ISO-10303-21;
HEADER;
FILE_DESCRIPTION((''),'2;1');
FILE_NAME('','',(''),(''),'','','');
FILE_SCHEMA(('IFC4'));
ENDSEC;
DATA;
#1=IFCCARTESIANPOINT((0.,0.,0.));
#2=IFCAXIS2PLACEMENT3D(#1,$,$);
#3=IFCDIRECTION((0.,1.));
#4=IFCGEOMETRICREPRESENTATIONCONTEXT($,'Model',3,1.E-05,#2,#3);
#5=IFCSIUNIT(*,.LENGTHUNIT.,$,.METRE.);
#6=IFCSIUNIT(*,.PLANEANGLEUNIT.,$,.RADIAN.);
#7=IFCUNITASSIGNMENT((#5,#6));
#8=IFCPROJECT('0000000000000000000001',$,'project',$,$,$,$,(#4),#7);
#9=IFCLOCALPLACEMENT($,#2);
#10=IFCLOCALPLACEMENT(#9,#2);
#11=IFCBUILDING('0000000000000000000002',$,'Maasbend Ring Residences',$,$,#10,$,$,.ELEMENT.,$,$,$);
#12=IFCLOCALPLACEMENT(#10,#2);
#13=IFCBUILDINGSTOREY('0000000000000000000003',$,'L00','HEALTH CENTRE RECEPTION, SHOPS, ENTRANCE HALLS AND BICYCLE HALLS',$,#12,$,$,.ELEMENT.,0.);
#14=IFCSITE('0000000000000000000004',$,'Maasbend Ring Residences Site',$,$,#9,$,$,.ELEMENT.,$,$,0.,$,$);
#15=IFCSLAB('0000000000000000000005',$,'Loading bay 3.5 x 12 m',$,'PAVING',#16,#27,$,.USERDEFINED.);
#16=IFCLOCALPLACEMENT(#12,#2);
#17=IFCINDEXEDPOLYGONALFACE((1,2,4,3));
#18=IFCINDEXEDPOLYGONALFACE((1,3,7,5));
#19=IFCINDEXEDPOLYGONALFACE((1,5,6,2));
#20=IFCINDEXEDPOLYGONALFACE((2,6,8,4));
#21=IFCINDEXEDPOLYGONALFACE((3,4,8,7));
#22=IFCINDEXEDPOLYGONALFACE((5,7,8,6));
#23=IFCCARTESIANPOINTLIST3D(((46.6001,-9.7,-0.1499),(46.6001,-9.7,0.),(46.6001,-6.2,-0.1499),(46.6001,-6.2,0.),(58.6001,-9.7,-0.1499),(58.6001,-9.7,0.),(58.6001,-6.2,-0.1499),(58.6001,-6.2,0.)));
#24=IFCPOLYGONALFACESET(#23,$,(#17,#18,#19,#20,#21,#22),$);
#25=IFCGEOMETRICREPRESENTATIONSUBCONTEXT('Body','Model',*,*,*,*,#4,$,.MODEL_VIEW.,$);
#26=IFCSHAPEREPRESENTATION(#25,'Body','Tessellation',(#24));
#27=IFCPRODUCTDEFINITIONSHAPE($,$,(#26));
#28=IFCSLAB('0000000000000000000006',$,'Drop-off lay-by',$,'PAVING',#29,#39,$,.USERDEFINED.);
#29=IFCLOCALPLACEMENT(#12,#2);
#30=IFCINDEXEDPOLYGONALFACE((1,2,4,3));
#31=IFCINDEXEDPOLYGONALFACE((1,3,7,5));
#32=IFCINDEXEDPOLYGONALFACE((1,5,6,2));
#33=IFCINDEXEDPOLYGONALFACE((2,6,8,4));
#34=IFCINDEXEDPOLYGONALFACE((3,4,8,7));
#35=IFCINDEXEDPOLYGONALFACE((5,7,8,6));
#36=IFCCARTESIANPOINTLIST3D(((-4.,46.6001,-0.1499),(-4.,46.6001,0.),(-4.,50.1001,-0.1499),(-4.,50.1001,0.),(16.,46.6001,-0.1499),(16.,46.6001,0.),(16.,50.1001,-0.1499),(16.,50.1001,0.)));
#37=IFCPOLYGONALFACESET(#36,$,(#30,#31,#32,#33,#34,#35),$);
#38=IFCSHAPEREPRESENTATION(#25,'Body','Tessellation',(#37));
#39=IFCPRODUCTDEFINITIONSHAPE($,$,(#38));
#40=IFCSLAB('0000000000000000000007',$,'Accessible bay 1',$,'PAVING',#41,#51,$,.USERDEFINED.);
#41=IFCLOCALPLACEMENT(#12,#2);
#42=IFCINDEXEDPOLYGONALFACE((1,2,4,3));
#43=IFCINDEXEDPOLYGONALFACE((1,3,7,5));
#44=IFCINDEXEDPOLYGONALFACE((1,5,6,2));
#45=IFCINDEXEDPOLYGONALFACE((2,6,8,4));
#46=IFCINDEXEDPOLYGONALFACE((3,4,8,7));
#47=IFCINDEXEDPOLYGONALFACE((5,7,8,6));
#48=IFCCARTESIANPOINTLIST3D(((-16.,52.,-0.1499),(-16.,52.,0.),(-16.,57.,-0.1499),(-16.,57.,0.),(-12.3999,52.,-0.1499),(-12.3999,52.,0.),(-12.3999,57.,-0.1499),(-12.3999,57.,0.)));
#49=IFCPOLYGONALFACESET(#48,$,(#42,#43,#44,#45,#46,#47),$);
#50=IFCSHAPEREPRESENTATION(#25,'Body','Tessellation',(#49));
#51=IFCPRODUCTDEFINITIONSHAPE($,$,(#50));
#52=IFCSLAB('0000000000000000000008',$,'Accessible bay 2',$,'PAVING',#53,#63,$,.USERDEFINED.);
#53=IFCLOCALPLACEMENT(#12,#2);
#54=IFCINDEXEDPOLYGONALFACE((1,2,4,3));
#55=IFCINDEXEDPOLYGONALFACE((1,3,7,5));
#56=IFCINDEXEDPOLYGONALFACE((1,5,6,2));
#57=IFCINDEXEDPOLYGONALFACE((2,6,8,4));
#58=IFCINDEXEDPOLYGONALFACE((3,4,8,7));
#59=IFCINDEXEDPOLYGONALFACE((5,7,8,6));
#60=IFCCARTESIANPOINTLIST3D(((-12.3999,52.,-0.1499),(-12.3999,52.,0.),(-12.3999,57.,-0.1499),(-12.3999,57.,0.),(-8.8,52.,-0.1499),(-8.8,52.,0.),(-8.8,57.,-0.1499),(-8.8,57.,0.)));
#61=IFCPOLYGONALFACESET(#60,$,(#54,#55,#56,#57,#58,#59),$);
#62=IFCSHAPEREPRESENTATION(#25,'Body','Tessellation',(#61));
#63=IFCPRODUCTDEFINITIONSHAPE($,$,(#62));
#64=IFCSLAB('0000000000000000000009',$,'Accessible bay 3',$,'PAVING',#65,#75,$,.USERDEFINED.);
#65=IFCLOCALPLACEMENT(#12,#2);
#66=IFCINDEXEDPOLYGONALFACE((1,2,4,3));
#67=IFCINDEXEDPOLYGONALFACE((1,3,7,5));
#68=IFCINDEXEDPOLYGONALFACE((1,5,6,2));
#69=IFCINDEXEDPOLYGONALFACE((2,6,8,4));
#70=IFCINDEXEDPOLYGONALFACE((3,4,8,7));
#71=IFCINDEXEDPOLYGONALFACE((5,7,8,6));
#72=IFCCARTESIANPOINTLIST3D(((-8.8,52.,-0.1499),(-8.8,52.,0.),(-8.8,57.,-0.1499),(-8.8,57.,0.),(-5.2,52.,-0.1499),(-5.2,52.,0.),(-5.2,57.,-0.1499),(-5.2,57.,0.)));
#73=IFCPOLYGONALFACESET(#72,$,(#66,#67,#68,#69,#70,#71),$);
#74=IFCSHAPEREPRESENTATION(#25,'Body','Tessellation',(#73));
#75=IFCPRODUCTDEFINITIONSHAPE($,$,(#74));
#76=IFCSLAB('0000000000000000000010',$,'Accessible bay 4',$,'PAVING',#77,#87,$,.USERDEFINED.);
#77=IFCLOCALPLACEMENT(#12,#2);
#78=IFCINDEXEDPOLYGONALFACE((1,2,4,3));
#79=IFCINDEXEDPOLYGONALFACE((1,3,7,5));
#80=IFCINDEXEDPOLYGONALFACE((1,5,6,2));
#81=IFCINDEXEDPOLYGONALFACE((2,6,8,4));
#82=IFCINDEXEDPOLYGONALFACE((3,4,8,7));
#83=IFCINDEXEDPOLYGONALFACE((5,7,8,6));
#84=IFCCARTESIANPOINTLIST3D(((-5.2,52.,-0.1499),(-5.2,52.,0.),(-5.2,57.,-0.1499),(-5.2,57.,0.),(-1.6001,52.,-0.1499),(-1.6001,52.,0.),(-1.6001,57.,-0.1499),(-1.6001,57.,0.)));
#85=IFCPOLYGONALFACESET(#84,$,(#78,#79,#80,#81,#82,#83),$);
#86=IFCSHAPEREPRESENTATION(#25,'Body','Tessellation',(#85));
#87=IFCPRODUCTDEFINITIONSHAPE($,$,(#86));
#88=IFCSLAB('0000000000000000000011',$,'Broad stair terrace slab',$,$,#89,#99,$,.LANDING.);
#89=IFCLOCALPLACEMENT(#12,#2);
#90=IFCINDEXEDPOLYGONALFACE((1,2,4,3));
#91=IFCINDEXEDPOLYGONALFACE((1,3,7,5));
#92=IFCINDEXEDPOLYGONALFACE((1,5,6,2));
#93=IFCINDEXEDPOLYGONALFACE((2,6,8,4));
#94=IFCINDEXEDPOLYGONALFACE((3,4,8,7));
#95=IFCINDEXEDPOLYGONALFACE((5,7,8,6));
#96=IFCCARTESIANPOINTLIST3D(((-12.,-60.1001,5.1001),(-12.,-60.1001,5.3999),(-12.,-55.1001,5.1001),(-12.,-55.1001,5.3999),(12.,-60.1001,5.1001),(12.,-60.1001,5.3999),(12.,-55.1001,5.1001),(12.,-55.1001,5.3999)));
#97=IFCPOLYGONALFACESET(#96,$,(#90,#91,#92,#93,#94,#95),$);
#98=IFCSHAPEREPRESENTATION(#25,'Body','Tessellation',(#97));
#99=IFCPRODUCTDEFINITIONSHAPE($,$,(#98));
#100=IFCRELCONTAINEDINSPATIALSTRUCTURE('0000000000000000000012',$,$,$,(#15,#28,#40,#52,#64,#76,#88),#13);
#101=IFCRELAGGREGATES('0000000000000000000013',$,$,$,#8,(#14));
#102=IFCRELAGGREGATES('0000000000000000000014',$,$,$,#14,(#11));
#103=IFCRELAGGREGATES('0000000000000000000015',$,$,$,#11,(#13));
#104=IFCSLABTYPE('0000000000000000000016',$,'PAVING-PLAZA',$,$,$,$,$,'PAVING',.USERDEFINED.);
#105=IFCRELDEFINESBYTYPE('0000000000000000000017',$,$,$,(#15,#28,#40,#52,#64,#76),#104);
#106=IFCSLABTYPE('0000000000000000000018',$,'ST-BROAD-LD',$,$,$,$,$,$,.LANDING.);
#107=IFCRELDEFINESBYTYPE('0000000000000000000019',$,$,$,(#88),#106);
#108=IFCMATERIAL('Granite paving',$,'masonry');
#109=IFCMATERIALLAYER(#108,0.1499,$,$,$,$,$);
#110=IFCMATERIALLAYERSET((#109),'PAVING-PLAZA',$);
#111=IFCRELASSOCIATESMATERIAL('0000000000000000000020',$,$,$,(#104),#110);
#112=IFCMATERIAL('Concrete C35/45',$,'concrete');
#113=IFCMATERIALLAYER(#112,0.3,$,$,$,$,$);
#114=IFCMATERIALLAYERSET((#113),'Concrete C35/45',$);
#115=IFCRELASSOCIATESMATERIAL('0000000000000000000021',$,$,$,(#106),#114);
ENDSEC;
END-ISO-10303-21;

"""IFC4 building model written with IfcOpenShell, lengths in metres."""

from ifc_helpers import new_model, si_unit, direction, frame, origin, place, context, subcontext, project, spatial, polyline, outline, extrude, material, layer, layer_set, type_object, element, save


model = new_model("IFC4")

# Units and contexts
model_context = context("Model", 3, precision=1e-05, world=origin(), true_north=direction((0.0, 1.0)))
body_context = subcontext(model_context, "Body", "Model", "MODEL_VIEW")
ifc_project = project(units=[si_unit("LENGTHUNIT", "METRE"), si_unit("PLANEANGLEUNIT", "RADIAN")], contexts=[model_context])

# Site, building, storey
site_placement = place(None, origin())
site = spatial("IfcSite", under=ifc_project, at=site_placement, Name="Maasbend Ring Residences Site", CompositionType="ELEMENT", RefElevation=0.0)
building_placement = place(site_placement, origin())
building = spatial("IfcBuilding", under=site, at=building_placement, Name="Maasbend Ring Residences", CompositionType="ELEMENT")
storey_placement = place(building_placement, origin())
storey = spatial("IfcBuildingStorey", under=building, at=storey_placement, Name="L00", Description="HEALTH CENTRE RECEPTION, SHOPS, ENTRANCE HALLS AND BICYCLE HALLS", CompositionType="ELEMENT", Elevation=0.0)

# Slabs
ifc_material_1 = material(Name="Granite paving", Category="masonry")
ifc_layer_1 = layer(ifc_material_1, 0.1499)
ifc_layer_set_1 = layer_set([ifc_layer_1], Name="PAVING-PLAZA")
slab_type_1 = type_object("IfcSlabType", Name="PAVING-PLAZA", ElementType="PAVING", PredefinedType="USERDEFINED", material=ifc_layer_set_1)
slab_1_placement = place(storey_placement, frame((0.0, 0.0, -0.1499)))
element("IfcSlab", 1, at=slab_1_placement, inside=storey, type_object=slab_type_1, Name="Loading bay 3.5 x 12 m", ObjectType="PAVING", PredefinedType="USERDEFINED", context=body_context, shape_type="SweptSolid", body=[
    extrude(outline(polyline([(58.6001, -9.7), (58.6001, -6.2), (46.6001, -6.2), (46.6001, -9.7), (58.6001, -9.7)])), origin(), (0.0, 0.0, 1.0), 0.1499),
])
slab_2_placement = place(storey_placement, frame((0.0, 0.0, -0.1499)))
element("IfcSlab", 2, at=slab_2_placement, inside=storey, type_object=slab_type_1, Name="Drop-off lay-by", ObjectType="PAVING", PredefinedType="USERDEFINED", context=body_context, shape_type="SweptSolid", body=[
    extrude(outline(polyline([(16.0, 46.6001), (16.0, 50.1001), (-4.0, 50.1001), (-4.0, 46.6001), (16.0, 46.6001)])), origin(), (0.0, 0.0, 1.0), 0.1499),
])
slab_3_placement = place(storey_placement, frame((0.0, 0.0, -0.1499)))
element("IfcSlab", 3, at=slab_3_placement, inside=storey, type_object=slab_type_1, Name="Accessible bay 1", ObjectType="PAVING", PredefinedType="USERDEFINED", context=body_context, shape_type="SweptSolid", body=[
    extrude(outline(polyline([(-12.3999, 52.0), (-12.3999, 57.0), (-16.0, 57.0), (-16.0, 52.0), (-12.3999, 52.0)])), origin(), (0.0, 0.0, 1.0), 0.1499),
])
slab_4_placement = place(storey_placement, frame((0.0, 0.0, -0.1499)))
element("IfcSlab", 4, at=slab_4_placement, inside=storey, type_object=slab_type_1, Name="Accessible bay 2", ObjectType="PAVING", PredefinedType="USERDEFINED", context=body_context, shape_type="SweptSolid", body=[
    extrude(outline(polyline([(-8.8, 52.0), (-8.8, 57.0), (-12.3999, 57.0), (-12.3999, 52.0), (-8.8, 52.0)])), origin(), (0.0, 0.0, 1.0), 0.1499),
])
slab_5_placement = place(storey_placement, frame((0.0, 0.0, -0.1499)))
element("IfcSlab", 5, at=slab_5_placement, inside=storey, type_object=slab_type_1, Name="Accessible bay 3", ObjectType="PAVING", PredefinedType="USERDEFINED", context=body_context, shape_type="SweptSolid", body=[
    extrude(outline(polyline([(-5.2, 52.0), (-5.2, 57.0), (-8.8, 57.0), (-8.8, 52.0), (-5.2, 52.0)])), origin(), (0.0, 0.0, 1.0), 0.1499),
])
slab_6_placement = place(storey_placement, frame((0.0, 0.0, -0.1499)))
element("IfcSlab", 6, at=slab_6_placement, inside=storey, type_object=slab_type_1, Name="Accessible bay 4", ObjectType="PAVING", PredefinedType="USERDEFINED", context=body_context, shape_type="SweptSolid", body=[
    extrude(outline(polyline([(-1.6001, 52.0), (-1.6001, 57.0), (-5.2, 57.0), (-5.2, 52.0), (-1.6001, 52.0)])), origin(), (0.0, 0.0, 1.0), 0.1499),
])
ifc_material_2 = material(Name="Concrete C35/45", Category="concrete")
ifc_layer_2 = layer(ifc_material_2, 0.3)
ifc_layer_set_2 = layer_set([ifc_layer_2], Name="Concrete C35/45")
slab_type_2 = type_object("IfcSlabType", Name="ST-BROAD-LD", PredefinedType="LANDING", material=ifc_layer_set_2)
slab_7_placement = place(storey_placement, frame((0.0, 0.0, 5.1001)))
element("IfcSlab", 7, at=slab_7_placement, inside=storey, type_object=slab_type_2, Name="Broad stair terrace slab", PredefinedType="LANDING", context=body_context, shape_type="SweptSolid", body=[
    extrude(outline(polyline([(-12.0, -60.1001), (12.0, -60.1001), (12.0, -55.1001), (-12.0, -55.1001), (-12.0, -60.1001)])), origin(), (0.0, 0.0, 1.0), 0.2998),
])

save(model, "model.ifc")
